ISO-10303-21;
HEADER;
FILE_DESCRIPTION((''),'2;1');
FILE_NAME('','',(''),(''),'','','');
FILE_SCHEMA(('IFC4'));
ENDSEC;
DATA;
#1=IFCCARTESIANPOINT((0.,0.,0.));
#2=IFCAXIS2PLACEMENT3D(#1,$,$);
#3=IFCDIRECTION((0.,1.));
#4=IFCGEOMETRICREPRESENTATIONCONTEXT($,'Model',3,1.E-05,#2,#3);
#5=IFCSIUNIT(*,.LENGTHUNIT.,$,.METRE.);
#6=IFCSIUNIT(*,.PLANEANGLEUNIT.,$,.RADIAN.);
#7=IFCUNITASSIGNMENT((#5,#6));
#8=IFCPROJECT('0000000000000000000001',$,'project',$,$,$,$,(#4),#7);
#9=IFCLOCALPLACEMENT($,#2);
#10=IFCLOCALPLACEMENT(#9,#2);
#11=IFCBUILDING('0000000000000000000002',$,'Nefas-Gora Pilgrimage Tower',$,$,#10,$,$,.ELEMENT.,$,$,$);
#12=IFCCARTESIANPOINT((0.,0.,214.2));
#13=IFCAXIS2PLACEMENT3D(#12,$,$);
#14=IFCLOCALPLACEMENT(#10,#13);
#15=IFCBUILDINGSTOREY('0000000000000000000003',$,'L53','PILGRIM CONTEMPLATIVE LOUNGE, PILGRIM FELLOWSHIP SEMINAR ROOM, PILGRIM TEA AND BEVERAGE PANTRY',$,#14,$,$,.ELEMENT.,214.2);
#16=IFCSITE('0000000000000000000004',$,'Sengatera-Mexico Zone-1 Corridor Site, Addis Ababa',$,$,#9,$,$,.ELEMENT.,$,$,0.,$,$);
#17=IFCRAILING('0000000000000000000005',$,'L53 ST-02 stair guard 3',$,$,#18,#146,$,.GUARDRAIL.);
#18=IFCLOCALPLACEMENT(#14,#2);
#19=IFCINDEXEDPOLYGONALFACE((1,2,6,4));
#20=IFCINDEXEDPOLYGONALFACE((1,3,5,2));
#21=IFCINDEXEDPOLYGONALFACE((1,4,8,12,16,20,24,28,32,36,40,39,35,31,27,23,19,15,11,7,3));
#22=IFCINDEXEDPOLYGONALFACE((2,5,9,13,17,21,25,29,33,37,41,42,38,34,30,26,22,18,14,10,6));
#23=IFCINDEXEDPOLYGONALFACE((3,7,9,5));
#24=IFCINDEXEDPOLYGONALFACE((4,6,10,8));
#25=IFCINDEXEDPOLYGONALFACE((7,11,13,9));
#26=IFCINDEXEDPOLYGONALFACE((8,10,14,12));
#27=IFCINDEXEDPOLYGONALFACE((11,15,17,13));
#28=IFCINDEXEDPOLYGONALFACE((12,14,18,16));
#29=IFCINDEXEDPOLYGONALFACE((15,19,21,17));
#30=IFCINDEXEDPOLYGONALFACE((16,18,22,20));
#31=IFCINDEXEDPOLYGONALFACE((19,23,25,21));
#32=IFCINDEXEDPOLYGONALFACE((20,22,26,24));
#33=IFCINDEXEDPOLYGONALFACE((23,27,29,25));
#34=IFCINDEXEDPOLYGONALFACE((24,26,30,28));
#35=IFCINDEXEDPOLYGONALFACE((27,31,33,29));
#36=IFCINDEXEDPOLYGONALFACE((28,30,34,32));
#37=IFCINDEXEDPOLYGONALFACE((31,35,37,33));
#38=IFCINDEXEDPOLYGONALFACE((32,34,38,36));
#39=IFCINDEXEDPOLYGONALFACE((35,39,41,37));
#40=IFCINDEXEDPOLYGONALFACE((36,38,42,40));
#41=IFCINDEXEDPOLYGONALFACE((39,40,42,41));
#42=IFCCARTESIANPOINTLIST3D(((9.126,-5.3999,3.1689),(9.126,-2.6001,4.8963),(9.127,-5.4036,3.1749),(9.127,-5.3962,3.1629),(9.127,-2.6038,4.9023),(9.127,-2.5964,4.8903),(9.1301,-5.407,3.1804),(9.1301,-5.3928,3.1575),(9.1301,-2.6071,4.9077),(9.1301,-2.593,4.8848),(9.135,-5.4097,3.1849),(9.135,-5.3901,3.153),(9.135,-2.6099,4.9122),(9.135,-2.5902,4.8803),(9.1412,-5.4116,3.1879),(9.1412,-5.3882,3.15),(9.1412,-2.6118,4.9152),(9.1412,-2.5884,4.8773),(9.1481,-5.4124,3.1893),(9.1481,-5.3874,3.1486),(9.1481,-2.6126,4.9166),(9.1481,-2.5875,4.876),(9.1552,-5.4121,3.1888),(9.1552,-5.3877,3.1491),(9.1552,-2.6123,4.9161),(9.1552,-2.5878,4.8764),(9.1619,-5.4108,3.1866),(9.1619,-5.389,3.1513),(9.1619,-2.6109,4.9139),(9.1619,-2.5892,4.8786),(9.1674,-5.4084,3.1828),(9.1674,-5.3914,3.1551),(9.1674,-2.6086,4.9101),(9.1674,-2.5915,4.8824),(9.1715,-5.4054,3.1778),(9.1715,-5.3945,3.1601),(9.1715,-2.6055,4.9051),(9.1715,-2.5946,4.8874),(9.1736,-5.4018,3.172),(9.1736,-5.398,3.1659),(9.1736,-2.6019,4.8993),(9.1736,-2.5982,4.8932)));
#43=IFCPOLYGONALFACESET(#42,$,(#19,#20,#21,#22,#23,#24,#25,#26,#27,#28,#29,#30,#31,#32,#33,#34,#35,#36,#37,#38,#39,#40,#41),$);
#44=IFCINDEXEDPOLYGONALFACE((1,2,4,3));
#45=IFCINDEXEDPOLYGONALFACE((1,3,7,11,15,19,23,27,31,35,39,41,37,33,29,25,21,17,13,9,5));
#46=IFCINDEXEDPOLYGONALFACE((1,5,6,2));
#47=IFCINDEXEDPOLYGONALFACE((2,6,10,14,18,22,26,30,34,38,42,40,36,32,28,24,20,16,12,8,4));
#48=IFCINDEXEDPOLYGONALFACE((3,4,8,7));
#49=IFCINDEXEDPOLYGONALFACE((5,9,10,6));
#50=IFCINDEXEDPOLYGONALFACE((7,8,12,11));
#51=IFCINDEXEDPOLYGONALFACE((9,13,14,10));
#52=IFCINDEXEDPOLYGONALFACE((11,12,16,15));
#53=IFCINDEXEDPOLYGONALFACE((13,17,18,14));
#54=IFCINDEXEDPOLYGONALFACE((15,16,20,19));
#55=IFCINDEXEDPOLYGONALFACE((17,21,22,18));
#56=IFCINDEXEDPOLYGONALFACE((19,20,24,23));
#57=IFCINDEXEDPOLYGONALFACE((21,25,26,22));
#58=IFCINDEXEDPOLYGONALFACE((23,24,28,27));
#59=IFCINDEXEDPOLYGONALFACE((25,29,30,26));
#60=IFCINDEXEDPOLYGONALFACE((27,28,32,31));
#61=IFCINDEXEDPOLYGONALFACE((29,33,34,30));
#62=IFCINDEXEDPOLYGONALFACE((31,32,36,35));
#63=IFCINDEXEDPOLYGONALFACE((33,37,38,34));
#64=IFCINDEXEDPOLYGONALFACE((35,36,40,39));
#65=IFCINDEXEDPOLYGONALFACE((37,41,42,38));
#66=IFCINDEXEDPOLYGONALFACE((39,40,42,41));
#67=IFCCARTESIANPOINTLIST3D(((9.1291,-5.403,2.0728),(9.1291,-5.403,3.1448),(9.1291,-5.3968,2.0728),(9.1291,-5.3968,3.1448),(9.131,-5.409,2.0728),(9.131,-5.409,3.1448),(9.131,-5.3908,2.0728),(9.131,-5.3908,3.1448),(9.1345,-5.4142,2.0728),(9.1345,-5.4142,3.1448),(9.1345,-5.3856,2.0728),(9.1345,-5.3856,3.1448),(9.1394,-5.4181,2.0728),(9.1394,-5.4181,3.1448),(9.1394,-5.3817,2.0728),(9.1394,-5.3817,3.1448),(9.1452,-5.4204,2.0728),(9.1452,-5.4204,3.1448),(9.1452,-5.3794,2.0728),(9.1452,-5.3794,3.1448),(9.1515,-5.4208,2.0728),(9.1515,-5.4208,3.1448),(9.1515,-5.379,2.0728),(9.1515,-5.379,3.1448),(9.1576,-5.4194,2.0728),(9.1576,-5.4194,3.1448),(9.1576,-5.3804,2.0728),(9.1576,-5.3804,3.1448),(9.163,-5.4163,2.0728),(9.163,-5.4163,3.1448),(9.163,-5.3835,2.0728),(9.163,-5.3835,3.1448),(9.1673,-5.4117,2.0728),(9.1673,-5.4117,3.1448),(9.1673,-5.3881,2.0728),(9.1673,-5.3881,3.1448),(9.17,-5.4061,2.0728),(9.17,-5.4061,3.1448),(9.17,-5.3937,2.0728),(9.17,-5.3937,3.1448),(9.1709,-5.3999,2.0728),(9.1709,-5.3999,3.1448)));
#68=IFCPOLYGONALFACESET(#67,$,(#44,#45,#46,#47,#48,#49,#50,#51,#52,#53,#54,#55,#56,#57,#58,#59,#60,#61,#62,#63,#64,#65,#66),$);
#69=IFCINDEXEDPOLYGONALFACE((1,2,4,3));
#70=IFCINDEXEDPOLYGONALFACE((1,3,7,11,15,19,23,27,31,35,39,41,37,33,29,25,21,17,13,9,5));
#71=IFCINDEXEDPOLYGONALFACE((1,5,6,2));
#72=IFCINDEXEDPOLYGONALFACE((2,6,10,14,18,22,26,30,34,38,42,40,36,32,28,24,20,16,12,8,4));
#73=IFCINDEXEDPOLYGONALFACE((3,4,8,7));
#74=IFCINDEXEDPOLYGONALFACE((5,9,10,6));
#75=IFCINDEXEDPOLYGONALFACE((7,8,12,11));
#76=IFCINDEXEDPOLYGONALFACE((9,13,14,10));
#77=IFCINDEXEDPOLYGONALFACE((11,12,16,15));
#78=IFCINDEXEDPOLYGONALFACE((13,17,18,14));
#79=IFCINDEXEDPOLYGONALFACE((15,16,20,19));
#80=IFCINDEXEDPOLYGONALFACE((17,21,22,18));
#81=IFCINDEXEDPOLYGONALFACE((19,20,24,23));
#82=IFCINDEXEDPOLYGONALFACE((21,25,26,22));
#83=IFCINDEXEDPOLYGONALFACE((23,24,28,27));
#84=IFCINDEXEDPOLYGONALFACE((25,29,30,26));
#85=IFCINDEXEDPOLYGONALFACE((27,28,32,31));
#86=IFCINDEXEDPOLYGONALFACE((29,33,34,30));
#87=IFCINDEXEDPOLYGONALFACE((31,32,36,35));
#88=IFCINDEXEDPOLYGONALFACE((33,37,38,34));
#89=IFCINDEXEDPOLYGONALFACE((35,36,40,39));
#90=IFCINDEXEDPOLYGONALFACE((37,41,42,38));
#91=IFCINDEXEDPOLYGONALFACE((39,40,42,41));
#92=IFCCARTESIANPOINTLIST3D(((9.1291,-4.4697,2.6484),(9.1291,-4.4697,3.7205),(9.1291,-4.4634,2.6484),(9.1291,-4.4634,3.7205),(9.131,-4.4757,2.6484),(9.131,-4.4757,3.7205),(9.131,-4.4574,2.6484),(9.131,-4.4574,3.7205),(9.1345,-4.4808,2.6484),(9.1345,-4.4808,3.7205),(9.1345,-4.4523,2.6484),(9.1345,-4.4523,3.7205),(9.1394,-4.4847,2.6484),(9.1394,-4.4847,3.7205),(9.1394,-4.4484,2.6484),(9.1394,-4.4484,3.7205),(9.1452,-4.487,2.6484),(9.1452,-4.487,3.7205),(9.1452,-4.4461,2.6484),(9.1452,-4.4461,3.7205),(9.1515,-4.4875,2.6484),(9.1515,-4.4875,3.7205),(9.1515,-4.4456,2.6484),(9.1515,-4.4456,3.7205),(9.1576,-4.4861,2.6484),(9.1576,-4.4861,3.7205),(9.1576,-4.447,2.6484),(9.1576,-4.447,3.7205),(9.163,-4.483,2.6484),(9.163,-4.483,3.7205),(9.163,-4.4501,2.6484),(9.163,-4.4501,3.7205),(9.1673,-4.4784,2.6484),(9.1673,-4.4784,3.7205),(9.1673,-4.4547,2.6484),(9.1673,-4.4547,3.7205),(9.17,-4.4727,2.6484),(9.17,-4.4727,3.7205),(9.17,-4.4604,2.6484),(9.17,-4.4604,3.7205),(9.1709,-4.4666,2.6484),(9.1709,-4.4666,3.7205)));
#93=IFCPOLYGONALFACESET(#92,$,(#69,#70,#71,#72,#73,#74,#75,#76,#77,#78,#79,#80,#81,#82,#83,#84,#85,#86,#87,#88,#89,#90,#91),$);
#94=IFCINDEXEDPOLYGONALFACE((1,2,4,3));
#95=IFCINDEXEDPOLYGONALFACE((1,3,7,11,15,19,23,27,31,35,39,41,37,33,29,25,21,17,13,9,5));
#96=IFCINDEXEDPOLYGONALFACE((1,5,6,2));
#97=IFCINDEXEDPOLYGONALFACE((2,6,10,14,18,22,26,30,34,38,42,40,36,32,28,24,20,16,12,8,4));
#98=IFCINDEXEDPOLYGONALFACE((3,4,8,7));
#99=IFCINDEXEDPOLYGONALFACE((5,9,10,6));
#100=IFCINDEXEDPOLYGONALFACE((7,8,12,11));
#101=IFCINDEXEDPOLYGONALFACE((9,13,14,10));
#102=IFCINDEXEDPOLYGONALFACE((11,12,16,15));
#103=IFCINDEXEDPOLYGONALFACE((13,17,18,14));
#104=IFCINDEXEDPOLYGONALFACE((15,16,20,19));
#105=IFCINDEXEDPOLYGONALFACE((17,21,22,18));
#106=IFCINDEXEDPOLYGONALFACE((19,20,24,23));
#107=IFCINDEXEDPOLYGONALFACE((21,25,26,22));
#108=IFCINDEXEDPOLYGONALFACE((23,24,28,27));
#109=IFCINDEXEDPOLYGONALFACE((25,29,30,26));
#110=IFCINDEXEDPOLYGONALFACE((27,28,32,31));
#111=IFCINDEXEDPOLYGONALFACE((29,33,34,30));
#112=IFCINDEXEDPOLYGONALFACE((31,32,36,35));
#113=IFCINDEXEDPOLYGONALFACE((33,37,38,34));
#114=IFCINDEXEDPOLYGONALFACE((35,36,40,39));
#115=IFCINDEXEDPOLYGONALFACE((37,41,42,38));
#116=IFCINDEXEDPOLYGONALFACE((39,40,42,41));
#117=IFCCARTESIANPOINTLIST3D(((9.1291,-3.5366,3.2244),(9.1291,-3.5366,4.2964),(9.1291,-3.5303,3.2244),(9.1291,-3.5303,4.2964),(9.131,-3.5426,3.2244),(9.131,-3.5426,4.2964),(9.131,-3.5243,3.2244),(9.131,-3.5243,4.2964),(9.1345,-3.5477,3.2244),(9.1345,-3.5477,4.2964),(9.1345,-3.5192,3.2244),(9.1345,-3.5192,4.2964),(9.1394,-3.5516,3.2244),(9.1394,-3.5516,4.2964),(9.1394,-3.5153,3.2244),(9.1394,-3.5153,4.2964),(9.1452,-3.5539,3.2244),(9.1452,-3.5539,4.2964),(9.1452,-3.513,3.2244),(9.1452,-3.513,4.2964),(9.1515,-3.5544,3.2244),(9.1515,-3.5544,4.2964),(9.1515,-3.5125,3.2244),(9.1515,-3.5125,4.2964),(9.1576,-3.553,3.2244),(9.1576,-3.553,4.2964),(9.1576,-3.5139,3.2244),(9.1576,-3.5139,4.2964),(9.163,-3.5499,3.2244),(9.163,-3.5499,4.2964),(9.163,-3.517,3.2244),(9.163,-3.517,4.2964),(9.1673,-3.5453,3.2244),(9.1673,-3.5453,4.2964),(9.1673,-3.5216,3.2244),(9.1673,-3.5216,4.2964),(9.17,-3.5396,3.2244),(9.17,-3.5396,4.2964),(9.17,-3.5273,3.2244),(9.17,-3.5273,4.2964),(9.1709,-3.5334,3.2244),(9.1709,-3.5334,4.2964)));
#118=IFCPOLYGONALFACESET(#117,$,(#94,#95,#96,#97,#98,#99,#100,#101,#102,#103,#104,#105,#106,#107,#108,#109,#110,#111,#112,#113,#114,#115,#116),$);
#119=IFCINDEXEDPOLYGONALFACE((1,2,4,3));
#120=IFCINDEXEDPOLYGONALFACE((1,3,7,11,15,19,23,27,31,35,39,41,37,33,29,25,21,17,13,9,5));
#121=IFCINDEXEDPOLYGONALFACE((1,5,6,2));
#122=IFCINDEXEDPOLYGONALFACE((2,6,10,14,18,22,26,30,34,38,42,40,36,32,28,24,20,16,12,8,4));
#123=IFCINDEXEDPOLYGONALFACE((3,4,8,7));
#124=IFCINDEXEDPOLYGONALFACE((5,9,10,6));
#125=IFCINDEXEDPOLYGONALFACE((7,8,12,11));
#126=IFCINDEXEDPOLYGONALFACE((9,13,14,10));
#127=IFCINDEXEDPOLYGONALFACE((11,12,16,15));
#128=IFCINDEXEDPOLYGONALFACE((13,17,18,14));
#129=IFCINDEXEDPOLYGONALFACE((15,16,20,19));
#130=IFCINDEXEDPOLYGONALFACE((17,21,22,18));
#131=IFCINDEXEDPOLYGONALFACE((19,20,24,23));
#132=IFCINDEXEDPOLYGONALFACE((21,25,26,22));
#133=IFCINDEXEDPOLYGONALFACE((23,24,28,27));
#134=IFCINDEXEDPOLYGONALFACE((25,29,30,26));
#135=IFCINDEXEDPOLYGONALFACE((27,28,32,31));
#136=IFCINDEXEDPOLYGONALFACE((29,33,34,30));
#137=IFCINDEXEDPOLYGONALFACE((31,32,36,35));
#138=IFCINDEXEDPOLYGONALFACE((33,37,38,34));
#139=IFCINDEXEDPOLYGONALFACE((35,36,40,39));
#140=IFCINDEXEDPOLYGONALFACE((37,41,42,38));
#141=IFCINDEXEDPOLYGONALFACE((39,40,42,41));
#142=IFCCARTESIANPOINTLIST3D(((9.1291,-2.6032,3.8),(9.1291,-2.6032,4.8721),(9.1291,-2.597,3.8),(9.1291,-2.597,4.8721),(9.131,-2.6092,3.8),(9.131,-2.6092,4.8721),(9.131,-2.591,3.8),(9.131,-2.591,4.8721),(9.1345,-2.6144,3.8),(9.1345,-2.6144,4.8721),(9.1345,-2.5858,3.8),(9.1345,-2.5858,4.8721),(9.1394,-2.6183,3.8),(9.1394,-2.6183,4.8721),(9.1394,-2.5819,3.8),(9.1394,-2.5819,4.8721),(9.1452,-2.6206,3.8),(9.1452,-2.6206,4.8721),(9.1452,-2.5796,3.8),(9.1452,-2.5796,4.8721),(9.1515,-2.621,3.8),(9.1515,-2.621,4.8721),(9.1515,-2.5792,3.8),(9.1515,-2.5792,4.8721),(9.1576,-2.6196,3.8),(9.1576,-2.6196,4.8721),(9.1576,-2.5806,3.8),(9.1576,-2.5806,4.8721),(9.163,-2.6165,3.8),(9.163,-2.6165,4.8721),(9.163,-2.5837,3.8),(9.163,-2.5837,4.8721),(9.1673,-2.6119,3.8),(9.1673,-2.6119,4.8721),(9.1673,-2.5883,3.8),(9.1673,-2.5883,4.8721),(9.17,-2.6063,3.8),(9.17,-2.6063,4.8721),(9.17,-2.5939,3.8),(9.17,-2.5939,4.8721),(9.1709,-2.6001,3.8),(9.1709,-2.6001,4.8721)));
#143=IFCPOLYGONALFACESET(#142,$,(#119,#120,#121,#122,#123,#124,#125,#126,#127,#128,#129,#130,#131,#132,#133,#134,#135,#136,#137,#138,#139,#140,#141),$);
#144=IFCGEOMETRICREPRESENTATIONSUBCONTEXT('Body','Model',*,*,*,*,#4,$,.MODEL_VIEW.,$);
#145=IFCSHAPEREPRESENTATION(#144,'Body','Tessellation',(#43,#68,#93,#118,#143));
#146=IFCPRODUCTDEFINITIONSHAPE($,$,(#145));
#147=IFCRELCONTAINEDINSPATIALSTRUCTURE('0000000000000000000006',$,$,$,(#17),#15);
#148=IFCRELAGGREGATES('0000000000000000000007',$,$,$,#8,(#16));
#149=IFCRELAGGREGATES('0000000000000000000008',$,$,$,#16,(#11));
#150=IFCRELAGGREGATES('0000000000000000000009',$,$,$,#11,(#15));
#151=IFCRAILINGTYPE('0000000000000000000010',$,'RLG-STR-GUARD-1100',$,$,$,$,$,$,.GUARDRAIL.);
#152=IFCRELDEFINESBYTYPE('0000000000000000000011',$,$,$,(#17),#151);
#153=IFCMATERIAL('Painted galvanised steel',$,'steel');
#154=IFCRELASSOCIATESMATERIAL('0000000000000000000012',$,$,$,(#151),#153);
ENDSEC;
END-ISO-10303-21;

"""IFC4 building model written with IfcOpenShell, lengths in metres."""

from ifc_helpers import new_model, si_unit, direction, frame, origin, origin_2d, place, context, subcontext, project, spatial, circle, extrude, material, type_object, element, save


model = new_model("IFC4")

# Units and contexts
model_context = context("Model", 3, precision=1e-05, world=origin(), true_north=direction((0.0, 1.0)))
body_context = subcontext(model_context, "Body", "Model", "MODEL_VIEW")
ifc_project = project(units=[si_unit("LENGTHUNIT", "METRE"), si_unit("PLANEANGLEUNIT", "RADIAN")], contexts=[model_context])

# Site, building, storey
site_placement = place(None, origin())
site = spatial("IfcSite", under=ifc_project, at=site_placement, Name="Sengatera-Mexico Zone-1 Corridor Site, Addis Ababa", CompositionType="ELEMENT", RefElevation=0.0)
building_placement = place(site_placement, origin())
building = spatial("IfcBuilding", under=site, at=building_placement, Name="Nefas-Gora Pilgrimage Tower", CompositionType="ELEMENT")
storey_placement = place(building_placement, frame((0.0, 0.0, 214.2)))
storey = spatial("IfcBuildingStorey", under=building, at=storey_placement, Name="L53", Description="PILGRIM CONTEMPLATIVE LOUNGE, PILGRIM FELLOWSHIP SEMINAR ROOM, PILGRIM TEA AND BEVERAGE PANTRY", CompositionType="ELEMENT", Elevation=214.2)

# Railing
ifc_material_1 = material(Name="Painted galvanised steel", Category="steel")
railing_type_1 = type_object("IfcRailingType", Name="RLG-STR-GUARD-1100", PredefinedType="GUARDRAIL", material=ifc_material_1)
railing_1_placement = place(storey_placement, frame((9.1499, -5.3999, 2.0728)))
element("IfcRailing", 1, at=railing_1_placement, inside=storey, type_object=railing_type_1, Name="L53 ST-02 stair guard 3", PredefinedType="GUARDRAIL", context=body_context, shape_type="SweptSolid", body=[
    extrude(circle(Radius=0.0239, at=origin_2d()), frame((0.0, 0.0, 1.0962), z_axis=(0.0, 0.851069, 0.525054), x_axis=(-1.0, 0.0, 0.0)), (0.0, 0.0, 1.0), 3.2898),
    extrude(circle(Radius=0.021, at=origin_2d()), origin(), (0.0, 0.0, 1.0), 1.072),
    extrude(circle(Radius=0.021, at=origin_2d()), frame((0.0, 0.9333, 0.5757)), (0.0, 0.0, 1.0), 1.072),
    extrude(circle(Radius=0.021, at=origin_2d()), frame((0.0, 1.8665, 1.1516)), (0.0, 0.0, 1.0), 1.072),
    extrude(circle(Radius=0.021, at=origin_2d()), frame((0.0, 2.7998, 1.7273)), (0.0, 0.0, 1.0), 1.072),
])

save(model, "model.ifc")
